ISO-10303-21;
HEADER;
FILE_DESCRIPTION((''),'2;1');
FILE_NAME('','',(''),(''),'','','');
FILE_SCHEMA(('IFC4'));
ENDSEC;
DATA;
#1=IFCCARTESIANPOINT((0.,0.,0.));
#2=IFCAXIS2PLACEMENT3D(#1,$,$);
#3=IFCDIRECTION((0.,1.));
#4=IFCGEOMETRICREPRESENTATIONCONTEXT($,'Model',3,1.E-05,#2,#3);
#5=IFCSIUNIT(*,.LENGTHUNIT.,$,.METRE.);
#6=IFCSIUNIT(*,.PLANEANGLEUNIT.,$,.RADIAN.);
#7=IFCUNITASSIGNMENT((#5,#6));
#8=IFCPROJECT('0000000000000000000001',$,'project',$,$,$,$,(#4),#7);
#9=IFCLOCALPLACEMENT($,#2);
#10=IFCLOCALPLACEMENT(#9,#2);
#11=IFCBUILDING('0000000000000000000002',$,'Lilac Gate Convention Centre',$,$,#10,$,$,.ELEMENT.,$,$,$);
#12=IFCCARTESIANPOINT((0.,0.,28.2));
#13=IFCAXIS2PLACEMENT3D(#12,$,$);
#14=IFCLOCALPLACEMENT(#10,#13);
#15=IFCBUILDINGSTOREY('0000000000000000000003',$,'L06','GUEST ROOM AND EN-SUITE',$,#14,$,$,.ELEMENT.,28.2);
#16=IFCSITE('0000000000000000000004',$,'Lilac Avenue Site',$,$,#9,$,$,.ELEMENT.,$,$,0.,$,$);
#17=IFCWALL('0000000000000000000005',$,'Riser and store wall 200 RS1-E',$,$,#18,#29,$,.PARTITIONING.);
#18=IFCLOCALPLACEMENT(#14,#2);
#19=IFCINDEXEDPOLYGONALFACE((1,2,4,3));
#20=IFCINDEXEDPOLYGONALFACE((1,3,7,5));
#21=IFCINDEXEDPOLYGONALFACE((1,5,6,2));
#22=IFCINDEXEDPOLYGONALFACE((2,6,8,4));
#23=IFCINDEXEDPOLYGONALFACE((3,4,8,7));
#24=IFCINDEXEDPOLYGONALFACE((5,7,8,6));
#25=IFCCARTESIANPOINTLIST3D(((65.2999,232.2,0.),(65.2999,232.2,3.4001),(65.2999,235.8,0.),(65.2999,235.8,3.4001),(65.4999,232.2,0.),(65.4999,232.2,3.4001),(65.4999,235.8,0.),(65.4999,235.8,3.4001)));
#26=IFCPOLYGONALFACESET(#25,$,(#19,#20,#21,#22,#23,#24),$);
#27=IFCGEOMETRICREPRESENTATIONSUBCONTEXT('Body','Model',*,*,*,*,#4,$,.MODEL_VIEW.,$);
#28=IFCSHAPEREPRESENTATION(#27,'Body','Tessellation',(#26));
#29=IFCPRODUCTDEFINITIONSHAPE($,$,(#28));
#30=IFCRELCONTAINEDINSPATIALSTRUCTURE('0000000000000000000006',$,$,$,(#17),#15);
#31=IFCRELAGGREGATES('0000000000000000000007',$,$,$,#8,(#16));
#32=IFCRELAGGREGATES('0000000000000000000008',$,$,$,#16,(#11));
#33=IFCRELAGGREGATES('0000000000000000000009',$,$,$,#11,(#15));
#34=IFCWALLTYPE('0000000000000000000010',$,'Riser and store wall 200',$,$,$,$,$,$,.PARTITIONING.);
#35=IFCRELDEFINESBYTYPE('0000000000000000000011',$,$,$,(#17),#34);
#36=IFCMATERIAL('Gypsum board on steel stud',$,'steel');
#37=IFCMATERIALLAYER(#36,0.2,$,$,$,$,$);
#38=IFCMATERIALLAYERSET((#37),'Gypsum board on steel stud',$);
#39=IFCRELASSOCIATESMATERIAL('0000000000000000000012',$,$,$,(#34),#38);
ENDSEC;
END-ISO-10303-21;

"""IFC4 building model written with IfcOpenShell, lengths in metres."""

from ifc_helpers import new_model, si_unit, direction, frame, frame_2d, origin, place, context, subcontext, project, spatial, rectangle, extrude, material, layer, layer_set, type_object, element, save


model = new_model("IFC4")

# Units and contexts
model_context = context("Model", 3, precision=1e-05, world=origin(), true_north=direction((0.0, 1.0)))
body_context = subcontext(model_context, "Body", "Model", "MODEL_VIEW")
ifc_project = project(units=[si_unit("LENGTHUNIT", "METRE"), si_unit("PLANEANGLEUNIT", "RADIAN")], contexts=[model_context])

# Site, building, storey
site_placement = place(None, origin())
site = spatial("IfcSite", under=ifc_project, at=site_placement, Name="Lilac Avenue Site", CompositionType="ELEMENT", RefElevation=0.0)
building_placement = place(site_placement, origin())
building = spatial("IfcBuilding", under=site, at=building_placement, Name="Lilac Gate Convention Centre", CompositionType="ELEMENT")
storey_placement = place(building_placement, frame((0.0, 0.0, 28.2)))
storey = spatial("IfcBuildingStorey", under=building, at=storey_placement, Name="L06", Description="GUEST ROOM AND EN-SUITE", CompositionType="ELEMENT", Elevation=28.2)

# Shared definitions
ifc_material_1 = material(Name="Gypsum board on steel stud", Category="steel")
ifc_layer_1 = layer(ifc_material_1, 0.2)
ifc_layer_set_1 = layer_set([ifc_layer_1], Name="Gypsum board on steel stud")
wall_type_1 = type_object("IfcWallType", Name="Riser and store wall 200", PredefinedType="PARTITIONING", material=ifc_layer_set_1)

# Wall
wall_1_placement = place(storey_placement, frame((65.3999, 232.2, 0.0), z_axis=(0.0, 0.0, 1.0), x_axis=(0.0, 1.0, 0.0)))
element("IfcWall", 1, at=wall_1_placement, inside=storey, type_object=wall_type_1, Name="Riser and store wall 200 RS1-E", PredefinedType="PARTITIONING", context=body_context, shape_type="SweptSolid", body=[
    extrude(rectangle(XDim=3.6001, YDim=0.2, at=frame_2d((1.8, 0.0))), origin(), (0.0, 0.0, 1.0), 3.4001),
])

save(model, "model.ifc")
